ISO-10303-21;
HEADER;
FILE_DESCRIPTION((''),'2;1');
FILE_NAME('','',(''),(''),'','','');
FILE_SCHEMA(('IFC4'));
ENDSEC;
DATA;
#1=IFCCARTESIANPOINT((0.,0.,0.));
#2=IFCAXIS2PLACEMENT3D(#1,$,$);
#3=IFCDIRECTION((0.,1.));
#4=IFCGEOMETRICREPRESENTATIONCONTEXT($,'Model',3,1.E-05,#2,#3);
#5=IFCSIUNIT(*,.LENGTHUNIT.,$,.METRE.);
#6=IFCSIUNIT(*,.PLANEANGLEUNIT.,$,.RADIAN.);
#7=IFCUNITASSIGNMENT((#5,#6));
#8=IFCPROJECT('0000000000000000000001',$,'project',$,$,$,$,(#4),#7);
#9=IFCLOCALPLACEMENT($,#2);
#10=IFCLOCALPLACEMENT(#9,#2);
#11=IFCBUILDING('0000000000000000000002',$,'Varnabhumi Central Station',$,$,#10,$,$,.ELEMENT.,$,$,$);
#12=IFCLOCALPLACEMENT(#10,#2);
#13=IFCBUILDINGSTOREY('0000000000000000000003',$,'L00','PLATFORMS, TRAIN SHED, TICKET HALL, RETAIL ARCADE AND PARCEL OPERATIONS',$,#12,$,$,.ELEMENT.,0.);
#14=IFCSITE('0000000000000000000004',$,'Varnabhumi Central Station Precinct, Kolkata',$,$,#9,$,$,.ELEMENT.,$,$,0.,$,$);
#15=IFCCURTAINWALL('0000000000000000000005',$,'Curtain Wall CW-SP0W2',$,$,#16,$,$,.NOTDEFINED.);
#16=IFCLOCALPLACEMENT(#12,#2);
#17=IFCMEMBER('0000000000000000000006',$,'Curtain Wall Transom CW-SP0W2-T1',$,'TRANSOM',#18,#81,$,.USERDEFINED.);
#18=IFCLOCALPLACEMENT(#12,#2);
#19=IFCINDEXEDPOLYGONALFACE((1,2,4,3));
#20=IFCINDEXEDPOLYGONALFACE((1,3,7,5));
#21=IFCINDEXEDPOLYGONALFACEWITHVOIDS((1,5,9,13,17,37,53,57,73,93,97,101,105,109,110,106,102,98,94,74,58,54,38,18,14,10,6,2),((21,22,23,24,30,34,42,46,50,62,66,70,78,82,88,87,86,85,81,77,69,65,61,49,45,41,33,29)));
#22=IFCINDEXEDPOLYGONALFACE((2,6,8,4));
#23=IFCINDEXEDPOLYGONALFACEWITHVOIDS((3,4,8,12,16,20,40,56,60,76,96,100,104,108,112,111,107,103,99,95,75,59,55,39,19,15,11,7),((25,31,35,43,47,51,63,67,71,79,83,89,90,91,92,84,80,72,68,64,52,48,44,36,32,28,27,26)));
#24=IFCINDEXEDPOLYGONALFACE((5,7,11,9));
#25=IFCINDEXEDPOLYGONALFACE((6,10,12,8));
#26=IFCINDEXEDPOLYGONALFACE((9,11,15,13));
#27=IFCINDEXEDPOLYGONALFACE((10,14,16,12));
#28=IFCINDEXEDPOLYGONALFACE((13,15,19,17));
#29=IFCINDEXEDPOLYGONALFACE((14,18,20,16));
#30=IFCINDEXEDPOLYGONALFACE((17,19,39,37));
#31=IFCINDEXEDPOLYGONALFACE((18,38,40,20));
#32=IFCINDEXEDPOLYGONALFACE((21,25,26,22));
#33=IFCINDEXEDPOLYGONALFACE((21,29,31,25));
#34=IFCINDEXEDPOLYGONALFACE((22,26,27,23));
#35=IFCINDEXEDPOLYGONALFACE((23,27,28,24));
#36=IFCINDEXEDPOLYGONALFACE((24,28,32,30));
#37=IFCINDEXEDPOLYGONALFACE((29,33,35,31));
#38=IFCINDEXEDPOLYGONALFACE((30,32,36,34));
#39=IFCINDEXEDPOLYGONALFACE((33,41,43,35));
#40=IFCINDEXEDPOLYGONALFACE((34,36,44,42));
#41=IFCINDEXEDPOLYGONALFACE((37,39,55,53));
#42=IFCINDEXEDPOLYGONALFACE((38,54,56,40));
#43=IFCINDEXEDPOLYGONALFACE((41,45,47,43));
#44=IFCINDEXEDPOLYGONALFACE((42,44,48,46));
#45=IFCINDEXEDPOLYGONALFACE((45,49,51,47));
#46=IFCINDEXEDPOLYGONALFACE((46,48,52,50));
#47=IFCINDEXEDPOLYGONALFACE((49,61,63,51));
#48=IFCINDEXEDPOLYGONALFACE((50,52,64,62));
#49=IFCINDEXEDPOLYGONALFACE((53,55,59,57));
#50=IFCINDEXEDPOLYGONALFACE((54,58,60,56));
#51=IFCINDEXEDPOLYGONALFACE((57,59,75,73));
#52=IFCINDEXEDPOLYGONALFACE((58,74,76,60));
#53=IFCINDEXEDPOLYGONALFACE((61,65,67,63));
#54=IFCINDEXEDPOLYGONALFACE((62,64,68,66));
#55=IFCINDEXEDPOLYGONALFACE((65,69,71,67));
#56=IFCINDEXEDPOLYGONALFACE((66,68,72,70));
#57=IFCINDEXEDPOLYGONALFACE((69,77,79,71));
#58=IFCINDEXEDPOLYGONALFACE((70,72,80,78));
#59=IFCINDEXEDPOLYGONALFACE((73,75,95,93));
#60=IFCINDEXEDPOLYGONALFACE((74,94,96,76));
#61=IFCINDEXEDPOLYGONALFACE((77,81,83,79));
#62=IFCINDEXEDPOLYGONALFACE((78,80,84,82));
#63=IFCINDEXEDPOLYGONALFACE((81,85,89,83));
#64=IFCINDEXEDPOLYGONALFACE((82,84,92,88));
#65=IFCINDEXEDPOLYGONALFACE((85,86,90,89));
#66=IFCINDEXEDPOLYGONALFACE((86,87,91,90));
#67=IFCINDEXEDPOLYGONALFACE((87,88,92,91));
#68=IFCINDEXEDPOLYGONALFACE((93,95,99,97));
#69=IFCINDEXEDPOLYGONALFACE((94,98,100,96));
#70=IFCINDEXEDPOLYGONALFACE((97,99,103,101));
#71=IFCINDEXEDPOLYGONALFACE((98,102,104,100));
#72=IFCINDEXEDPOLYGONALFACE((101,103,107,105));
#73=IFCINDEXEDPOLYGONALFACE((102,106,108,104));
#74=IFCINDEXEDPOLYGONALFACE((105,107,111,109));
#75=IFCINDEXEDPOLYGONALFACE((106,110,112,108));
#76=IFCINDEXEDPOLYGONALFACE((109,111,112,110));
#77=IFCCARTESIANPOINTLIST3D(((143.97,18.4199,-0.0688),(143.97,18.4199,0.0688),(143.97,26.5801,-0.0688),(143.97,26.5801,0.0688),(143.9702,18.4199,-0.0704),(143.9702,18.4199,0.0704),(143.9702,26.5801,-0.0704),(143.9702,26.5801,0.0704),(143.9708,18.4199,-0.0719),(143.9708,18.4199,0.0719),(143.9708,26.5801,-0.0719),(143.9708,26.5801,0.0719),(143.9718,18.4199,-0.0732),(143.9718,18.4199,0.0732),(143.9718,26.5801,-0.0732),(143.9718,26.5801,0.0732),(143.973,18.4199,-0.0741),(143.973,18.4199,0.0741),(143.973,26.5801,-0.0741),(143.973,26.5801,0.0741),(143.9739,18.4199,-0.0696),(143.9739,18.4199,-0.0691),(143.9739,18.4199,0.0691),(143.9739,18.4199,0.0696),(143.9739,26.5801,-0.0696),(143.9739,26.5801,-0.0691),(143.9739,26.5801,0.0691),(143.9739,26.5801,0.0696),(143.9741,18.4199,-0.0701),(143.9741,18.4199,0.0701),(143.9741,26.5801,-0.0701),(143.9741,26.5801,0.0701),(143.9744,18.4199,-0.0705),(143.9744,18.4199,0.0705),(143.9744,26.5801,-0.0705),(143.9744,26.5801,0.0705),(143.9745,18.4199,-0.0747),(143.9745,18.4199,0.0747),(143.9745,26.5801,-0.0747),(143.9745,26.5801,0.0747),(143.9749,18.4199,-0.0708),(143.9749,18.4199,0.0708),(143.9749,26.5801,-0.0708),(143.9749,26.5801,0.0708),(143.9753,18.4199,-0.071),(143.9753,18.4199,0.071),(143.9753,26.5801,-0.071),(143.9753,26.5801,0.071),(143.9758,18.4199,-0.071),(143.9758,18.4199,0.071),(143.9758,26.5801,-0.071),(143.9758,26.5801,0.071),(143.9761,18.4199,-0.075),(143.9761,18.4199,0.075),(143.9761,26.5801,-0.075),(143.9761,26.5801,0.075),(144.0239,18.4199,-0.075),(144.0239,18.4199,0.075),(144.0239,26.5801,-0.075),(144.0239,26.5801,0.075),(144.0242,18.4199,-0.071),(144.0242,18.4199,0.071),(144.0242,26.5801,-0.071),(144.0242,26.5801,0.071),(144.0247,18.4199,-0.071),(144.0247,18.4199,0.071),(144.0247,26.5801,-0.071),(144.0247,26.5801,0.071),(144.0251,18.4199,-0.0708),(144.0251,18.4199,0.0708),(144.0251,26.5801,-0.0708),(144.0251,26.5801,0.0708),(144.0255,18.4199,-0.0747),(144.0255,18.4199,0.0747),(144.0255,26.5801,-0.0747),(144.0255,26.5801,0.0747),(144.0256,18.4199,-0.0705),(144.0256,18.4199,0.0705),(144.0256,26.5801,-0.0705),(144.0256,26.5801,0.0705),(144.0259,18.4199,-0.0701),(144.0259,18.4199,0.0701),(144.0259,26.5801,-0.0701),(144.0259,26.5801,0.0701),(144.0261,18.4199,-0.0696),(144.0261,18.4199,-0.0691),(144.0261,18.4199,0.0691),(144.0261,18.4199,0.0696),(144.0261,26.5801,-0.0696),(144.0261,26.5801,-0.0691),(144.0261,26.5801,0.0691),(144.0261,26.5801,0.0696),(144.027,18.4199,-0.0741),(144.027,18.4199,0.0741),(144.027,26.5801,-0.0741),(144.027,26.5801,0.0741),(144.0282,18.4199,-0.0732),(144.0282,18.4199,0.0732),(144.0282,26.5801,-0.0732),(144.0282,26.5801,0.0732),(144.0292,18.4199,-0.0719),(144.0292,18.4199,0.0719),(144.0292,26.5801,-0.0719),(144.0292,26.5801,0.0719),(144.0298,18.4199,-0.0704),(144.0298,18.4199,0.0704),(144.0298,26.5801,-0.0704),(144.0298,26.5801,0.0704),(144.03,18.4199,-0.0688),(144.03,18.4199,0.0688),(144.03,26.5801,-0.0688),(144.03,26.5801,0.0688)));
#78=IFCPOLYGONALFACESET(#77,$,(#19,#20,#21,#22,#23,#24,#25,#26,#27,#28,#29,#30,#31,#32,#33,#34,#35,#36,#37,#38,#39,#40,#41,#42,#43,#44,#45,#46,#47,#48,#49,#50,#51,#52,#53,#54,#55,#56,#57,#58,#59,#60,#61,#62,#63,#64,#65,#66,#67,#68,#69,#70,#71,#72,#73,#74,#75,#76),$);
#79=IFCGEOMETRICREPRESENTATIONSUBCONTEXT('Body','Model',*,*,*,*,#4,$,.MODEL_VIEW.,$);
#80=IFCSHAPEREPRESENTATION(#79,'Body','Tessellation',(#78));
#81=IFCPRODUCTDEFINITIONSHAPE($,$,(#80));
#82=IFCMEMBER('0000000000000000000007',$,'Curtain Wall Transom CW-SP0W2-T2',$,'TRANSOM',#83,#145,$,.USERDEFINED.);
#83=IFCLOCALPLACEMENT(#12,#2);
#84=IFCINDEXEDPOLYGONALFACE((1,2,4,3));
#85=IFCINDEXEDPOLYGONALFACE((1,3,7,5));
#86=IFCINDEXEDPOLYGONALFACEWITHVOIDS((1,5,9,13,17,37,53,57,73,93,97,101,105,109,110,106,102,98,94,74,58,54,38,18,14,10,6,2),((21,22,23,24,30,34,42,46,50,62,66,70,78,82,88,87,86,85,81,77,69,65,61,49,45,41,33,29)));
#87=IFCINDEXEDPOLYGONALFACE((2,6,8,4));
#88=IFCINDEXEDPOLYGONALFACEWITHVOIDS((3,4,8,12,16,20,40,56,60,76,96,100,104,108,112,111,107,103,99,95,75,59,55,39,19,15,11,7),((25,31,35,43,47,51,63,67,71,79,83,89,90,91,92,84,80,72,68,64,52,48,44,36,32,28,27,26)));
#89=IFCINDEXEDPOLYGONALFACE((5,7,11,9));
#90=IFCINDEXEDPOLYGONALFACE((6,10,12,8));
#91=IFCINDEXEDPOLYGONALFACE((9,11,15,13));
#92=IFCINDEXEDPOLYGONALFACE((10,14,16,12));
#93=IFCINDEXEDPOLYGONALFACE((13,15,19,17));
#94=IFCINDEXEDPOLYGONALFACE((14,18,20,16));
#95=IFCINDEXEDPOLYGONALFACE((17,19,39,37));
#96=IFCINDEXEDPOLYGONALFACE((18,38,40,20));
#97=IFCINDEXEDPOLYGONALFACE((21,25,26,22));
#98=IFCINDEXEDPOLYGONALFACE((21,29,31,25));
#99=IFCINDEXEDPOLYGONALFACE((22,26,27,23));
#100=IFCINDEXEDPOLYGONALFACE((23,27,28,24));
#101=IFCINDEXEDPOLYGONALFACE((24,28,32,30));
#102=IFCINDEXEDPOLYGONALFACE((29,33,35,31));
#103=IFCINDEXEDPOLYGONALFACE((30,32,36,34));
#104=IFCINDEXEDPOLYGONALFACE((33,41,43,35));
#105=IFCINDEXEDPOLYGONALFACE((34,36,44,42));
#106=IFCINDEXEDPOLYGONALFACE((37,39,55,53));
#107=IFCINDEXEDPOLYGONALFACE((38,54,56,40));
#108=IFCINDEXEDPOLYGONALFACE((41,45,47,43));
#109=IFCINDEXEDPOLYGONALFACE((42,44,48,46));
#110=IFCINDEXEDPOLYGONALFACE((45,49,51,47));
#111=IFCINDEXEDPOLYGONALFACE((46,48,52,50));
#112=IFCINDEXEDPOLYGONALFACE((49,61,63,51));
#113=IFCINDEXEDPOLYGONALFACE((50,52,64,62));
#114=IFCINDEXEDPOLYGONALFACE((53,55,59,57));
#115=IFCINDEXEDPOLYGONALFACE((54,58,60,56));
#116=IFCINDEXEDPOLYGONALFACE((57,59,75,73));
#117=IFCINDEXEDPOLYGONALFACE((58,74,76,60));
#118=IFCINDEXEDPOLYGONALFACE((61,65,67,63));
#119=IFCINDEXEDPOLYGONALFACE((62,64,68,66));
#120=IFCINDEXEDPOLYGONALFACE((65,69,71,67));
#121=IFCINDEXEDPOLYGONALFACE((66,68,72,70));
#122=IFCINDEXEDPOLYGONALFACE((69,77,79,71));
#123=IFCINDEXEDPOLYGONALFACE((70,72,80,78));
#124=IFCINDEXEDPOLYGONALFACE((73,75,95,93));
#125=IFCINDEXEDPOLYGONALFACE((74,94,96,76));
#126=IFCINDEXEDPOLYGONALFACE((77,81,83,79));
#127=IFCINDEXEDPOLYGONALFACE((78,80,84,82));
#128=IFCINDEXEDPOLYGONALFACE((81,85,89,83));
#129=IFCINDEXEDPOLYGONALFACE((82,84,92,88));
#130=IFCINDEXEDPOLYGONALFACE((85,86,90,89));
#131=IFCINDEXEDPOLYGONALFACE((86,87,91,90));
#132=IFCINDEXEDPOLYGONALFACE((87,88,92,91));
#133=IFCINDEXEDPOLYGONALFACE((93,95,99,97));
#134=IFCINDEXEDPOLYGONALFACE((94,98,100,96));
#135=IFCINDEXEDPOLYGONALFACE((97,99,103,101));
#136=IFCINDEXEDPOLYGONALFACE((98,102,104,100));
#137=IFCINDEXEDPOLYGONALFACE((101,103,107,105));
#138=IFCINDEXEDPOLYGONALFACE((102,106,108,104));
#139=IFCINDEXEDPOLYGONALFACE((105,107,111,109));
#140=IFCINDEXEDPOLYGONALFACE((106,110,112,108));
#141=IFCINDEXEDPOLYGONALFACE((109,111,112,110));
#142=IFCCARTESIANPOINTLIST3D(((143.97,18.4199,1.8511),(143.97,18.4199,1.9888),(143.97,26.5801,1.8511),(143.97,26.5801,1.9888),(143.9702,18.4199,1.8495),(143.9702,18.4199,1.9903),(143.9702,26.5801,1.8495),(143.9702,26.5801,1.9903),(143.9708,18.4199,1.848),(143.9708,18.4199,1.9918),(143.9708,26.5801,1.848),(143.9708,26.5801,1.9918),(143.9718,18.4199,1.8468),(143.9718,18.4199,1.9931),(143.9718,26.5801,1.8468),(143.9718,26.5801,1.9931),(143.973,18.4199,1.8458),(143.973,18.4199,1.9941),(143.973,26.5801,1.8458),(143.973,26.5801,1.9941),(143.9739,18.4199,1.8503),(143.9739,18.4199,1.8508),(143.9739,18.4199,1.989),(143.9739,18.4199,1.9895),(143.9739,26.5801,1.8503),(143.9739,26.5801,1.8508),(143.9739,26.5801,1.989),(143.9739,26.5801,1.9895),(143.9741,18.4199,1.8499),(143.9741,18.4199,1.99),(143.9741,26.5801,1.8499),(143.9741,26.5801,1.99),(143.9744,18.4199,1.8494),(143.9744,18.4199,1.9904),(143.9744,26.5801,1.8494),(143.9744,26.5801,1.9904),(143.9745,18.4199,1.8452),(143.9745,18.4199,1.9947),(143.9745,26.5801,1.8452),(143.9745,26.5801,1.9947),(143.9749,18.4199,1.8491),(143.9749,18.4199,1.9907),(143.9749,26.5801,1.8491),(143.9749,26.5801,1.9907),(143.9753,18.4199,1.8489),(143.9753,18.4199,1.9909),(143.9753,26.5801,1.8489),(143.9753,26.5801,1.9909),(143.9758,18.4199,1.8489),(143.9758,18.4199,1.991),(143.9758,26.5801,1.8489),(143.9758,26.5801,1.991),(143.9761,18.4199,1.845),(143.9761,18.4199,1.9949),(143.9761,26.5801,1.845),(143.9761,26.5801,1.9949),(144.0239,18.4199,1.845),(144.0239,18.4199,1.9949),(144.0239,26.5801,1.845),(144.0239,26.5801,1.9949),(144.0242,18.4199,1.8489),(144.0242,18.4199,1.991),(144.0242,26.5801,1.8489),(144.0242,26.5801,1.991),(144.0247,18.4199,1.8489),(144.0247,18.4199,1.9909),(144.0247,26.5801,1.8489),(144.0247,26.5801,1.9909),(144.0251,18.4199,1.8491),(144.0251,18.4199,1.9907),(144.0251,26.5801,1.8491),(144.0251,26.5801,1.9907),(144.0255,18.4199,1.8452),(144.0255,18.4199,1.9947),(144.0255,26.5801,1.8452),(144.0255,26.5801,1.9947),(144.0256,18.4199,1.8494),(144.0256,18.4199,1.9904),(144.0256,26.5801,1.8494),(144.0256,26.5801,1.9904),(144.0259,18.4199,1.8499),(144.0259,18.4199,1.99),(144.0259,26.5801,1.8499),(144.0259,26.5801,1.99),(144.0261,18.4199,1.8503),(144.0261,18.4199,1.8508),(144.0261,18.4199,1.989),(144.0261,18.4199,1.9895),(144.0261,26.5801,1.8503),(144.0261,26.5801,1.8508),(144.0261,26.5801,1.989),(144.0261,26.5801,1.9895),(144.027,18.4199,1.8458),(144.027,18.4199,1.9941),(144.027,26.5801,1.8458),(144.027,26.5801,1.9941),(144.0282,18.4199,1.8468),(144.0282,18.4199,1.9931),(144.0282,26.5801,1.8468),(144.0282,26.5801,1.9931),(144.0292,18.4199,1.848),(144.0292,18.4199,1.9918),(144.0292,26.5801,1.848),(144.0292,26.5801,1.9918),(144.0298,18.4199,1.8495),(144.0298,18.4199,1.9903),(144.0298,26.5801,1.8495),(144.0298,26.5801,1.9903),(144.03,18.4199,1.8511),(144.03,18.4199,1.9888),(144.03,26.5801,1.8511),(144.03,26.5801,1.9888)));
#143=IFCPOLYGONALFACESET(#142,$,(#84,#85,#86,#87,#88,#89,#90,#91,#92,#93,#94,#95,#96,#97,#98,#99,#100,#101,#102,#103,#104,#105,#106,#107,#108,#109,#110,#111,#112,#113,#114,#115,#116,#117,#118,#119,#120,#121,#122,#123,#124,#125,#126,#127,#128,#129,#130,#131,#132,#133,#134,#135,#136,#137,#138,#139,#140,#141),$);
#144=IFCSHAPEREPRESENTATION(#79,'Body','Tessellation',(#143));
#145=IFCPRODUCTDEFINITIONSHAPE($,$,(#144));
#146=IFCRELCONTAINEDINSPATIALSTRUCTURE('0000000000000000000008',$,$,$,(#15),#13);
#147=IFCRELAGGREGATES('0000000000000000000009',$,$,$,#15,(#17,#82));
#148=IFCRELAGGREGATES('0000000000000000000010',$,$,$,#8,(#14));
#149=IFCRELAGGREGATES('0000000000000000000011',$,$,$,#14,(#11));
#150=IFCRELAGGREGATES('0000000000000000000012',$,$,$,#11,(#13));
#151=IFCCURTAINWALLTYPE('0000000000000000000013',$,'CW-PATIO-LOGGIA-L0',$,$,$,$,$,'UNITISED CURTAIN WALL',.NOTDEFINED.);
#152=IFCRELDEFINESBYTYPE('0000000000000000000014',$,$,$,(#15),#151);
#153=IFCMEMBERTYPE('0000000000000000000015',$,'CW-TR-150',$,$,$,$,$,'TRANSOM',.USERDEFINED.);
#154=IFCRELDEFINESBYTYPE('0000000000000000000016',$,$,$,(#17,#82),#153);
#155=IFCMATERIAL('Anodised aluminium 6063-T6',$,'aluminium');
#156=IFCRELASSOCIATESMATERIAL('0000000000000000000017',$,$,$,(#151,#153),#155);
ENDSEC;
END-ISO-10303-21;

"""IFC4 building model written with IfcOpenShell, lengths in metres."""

from ifc_helpers import new_model, si_unit, direction, frame, origin, origin_2d, place, context, subcontext, project, spatial, hollow_rectangle, extrude, material, material_profile, profile_set, type_object, element, aggregate, save


model = new_model("IFC4")

# Units and contexts
model_context = context("Model", 3, precision=1e-05, world=origin(), true_north=direction((0.0, 1.0)))
body_context = subcontext(model_context, "Body", "Model", "MODEL_VIEW")
ifc_project = project(units=[si_unit("LENGTHUNIT", "METRE"), si_unit("PLANEANGLEUNIT", "RADIAN")], contexts=[model_context])

# Site, building, storey
site_placement = place(None, origin())
site = spatial("IfcSite", under=ifc_project, at=site_placement, Name="Varnabhumi Central Station Precinct, Kolkata", CompositionType="ELEMENT", RefElevation=0.0)
building_placement = place(site_placement, origin())
building = spatial("IfcBuilding", under=site, at=building_placement, Name="Varnabhumi Central Station", CompositionType="ELEMENT")
storey_placement = place(building_placement, origin())
storey = spatial("IfcBuildingStorey", under=building, at=storey_placement, Name="L00", Description="PLATFORMS, TRAIN SHED, TICKET HALL, RETAIL ARCADE AND PARCEL OPERATIONS", CompositionType="ELEMENT", Elevation=0.0)

# Shared definitions
ifc_material_1 = material(Name="Anodised aluminium 6063-T6", Category="aluminium")
curtain_wall_type = type_object("IfcCurtainWallType", Name="CW-PATIO-LOGGIA-L0", ElementType="UNITISED CURTAIN WALL", PredefinedType="NOTDEFINED", material=ifc_material_1)

# Curtain wall, members
curtain_wall_1_placement = place(storey_placement, origin())
curtain_wall_1 = element("IfcCurtainWall", 1, at=curtain_wall_1_placement, inside=storey, type_object=curtain_wall_type, Name="Curtain Wall CW-SP0W2", PredefinedType="NOTDEFINED")
ifc_material_profile_1 = material_profile(ifc_material_1, hollow_rectangle(XDim=0.0601, YDim=0.1499, WallThickness=0.0039, InnerFilletRadius=0.002, OuterFilletRadius=0.0061, at=origin_2d()), Name="Anodised aluminium 6063-T6", Category="aluminium")
ifc_profile_set_1 = profile_set([ifc_material_profile_1], Name="Anodised aluminium 6063-T6")
member_type_1 = type_object("IfcMemberType", Name="CW-TR-150", ElementType="TRANSOM", PredefinedType="USERDEFINED", material=ifc_profile_set_1)
member_1_placement = place(storey_placement, frame((144.0, 18.4199, 0.0), z_axis=(0.0, 1.0, 0.0), x_axis=(-1.0, 0.0, 0.0)))
member_1 = element("IfcMember", 2, at=member_1_placement, type_object=member_type_1, Name="Curtain Wall Transom CW-SP0W2-T1", ObjectType="TRANSOM", PredefinedType="USERDEFINED", context=body_context, shape_type="SweptSolid", body=[
    extrude(hollow_rectangle(XDim=0.0601, YDim=0.1499, WallThickness=0.0039, InnerFilletRadius=0.002, OuterFilletRadius=0.0061, at=origin_2d()), origin(), (0.0, 0.0, 1.0), 8.1602),
])
member_2_placement = place(storey_placement, frame((144.0, 18.4199, 1.9199), z_axis=(0.0, 1.0, 0.0), x_axis=(-1.0, 0.0, 0.0)))
member_2 = element("IfcMember", 3, at=member_2_placement, type_object=member_type_1, Name="Curtain Wall Transom CW-SP0W2-T2", ObjectType="TRANSOM", PredefinedType="USERDEFINED", context=body_context, shape_type="SweptSolid", body=[
    extrude(hollow_rectangle(XDim=0.0601, YDim=0.1499, WallThickness=0.0039, InnerFilletRadius=0.002, OuterFilletRadius=0.0061, at=origin_2d()), origin(), (0.0, 0.0, 1.0), 8.1602),
])

aggregate(curtain_wall_1, [member_1, member_2])

save(model, "model.ifc")
